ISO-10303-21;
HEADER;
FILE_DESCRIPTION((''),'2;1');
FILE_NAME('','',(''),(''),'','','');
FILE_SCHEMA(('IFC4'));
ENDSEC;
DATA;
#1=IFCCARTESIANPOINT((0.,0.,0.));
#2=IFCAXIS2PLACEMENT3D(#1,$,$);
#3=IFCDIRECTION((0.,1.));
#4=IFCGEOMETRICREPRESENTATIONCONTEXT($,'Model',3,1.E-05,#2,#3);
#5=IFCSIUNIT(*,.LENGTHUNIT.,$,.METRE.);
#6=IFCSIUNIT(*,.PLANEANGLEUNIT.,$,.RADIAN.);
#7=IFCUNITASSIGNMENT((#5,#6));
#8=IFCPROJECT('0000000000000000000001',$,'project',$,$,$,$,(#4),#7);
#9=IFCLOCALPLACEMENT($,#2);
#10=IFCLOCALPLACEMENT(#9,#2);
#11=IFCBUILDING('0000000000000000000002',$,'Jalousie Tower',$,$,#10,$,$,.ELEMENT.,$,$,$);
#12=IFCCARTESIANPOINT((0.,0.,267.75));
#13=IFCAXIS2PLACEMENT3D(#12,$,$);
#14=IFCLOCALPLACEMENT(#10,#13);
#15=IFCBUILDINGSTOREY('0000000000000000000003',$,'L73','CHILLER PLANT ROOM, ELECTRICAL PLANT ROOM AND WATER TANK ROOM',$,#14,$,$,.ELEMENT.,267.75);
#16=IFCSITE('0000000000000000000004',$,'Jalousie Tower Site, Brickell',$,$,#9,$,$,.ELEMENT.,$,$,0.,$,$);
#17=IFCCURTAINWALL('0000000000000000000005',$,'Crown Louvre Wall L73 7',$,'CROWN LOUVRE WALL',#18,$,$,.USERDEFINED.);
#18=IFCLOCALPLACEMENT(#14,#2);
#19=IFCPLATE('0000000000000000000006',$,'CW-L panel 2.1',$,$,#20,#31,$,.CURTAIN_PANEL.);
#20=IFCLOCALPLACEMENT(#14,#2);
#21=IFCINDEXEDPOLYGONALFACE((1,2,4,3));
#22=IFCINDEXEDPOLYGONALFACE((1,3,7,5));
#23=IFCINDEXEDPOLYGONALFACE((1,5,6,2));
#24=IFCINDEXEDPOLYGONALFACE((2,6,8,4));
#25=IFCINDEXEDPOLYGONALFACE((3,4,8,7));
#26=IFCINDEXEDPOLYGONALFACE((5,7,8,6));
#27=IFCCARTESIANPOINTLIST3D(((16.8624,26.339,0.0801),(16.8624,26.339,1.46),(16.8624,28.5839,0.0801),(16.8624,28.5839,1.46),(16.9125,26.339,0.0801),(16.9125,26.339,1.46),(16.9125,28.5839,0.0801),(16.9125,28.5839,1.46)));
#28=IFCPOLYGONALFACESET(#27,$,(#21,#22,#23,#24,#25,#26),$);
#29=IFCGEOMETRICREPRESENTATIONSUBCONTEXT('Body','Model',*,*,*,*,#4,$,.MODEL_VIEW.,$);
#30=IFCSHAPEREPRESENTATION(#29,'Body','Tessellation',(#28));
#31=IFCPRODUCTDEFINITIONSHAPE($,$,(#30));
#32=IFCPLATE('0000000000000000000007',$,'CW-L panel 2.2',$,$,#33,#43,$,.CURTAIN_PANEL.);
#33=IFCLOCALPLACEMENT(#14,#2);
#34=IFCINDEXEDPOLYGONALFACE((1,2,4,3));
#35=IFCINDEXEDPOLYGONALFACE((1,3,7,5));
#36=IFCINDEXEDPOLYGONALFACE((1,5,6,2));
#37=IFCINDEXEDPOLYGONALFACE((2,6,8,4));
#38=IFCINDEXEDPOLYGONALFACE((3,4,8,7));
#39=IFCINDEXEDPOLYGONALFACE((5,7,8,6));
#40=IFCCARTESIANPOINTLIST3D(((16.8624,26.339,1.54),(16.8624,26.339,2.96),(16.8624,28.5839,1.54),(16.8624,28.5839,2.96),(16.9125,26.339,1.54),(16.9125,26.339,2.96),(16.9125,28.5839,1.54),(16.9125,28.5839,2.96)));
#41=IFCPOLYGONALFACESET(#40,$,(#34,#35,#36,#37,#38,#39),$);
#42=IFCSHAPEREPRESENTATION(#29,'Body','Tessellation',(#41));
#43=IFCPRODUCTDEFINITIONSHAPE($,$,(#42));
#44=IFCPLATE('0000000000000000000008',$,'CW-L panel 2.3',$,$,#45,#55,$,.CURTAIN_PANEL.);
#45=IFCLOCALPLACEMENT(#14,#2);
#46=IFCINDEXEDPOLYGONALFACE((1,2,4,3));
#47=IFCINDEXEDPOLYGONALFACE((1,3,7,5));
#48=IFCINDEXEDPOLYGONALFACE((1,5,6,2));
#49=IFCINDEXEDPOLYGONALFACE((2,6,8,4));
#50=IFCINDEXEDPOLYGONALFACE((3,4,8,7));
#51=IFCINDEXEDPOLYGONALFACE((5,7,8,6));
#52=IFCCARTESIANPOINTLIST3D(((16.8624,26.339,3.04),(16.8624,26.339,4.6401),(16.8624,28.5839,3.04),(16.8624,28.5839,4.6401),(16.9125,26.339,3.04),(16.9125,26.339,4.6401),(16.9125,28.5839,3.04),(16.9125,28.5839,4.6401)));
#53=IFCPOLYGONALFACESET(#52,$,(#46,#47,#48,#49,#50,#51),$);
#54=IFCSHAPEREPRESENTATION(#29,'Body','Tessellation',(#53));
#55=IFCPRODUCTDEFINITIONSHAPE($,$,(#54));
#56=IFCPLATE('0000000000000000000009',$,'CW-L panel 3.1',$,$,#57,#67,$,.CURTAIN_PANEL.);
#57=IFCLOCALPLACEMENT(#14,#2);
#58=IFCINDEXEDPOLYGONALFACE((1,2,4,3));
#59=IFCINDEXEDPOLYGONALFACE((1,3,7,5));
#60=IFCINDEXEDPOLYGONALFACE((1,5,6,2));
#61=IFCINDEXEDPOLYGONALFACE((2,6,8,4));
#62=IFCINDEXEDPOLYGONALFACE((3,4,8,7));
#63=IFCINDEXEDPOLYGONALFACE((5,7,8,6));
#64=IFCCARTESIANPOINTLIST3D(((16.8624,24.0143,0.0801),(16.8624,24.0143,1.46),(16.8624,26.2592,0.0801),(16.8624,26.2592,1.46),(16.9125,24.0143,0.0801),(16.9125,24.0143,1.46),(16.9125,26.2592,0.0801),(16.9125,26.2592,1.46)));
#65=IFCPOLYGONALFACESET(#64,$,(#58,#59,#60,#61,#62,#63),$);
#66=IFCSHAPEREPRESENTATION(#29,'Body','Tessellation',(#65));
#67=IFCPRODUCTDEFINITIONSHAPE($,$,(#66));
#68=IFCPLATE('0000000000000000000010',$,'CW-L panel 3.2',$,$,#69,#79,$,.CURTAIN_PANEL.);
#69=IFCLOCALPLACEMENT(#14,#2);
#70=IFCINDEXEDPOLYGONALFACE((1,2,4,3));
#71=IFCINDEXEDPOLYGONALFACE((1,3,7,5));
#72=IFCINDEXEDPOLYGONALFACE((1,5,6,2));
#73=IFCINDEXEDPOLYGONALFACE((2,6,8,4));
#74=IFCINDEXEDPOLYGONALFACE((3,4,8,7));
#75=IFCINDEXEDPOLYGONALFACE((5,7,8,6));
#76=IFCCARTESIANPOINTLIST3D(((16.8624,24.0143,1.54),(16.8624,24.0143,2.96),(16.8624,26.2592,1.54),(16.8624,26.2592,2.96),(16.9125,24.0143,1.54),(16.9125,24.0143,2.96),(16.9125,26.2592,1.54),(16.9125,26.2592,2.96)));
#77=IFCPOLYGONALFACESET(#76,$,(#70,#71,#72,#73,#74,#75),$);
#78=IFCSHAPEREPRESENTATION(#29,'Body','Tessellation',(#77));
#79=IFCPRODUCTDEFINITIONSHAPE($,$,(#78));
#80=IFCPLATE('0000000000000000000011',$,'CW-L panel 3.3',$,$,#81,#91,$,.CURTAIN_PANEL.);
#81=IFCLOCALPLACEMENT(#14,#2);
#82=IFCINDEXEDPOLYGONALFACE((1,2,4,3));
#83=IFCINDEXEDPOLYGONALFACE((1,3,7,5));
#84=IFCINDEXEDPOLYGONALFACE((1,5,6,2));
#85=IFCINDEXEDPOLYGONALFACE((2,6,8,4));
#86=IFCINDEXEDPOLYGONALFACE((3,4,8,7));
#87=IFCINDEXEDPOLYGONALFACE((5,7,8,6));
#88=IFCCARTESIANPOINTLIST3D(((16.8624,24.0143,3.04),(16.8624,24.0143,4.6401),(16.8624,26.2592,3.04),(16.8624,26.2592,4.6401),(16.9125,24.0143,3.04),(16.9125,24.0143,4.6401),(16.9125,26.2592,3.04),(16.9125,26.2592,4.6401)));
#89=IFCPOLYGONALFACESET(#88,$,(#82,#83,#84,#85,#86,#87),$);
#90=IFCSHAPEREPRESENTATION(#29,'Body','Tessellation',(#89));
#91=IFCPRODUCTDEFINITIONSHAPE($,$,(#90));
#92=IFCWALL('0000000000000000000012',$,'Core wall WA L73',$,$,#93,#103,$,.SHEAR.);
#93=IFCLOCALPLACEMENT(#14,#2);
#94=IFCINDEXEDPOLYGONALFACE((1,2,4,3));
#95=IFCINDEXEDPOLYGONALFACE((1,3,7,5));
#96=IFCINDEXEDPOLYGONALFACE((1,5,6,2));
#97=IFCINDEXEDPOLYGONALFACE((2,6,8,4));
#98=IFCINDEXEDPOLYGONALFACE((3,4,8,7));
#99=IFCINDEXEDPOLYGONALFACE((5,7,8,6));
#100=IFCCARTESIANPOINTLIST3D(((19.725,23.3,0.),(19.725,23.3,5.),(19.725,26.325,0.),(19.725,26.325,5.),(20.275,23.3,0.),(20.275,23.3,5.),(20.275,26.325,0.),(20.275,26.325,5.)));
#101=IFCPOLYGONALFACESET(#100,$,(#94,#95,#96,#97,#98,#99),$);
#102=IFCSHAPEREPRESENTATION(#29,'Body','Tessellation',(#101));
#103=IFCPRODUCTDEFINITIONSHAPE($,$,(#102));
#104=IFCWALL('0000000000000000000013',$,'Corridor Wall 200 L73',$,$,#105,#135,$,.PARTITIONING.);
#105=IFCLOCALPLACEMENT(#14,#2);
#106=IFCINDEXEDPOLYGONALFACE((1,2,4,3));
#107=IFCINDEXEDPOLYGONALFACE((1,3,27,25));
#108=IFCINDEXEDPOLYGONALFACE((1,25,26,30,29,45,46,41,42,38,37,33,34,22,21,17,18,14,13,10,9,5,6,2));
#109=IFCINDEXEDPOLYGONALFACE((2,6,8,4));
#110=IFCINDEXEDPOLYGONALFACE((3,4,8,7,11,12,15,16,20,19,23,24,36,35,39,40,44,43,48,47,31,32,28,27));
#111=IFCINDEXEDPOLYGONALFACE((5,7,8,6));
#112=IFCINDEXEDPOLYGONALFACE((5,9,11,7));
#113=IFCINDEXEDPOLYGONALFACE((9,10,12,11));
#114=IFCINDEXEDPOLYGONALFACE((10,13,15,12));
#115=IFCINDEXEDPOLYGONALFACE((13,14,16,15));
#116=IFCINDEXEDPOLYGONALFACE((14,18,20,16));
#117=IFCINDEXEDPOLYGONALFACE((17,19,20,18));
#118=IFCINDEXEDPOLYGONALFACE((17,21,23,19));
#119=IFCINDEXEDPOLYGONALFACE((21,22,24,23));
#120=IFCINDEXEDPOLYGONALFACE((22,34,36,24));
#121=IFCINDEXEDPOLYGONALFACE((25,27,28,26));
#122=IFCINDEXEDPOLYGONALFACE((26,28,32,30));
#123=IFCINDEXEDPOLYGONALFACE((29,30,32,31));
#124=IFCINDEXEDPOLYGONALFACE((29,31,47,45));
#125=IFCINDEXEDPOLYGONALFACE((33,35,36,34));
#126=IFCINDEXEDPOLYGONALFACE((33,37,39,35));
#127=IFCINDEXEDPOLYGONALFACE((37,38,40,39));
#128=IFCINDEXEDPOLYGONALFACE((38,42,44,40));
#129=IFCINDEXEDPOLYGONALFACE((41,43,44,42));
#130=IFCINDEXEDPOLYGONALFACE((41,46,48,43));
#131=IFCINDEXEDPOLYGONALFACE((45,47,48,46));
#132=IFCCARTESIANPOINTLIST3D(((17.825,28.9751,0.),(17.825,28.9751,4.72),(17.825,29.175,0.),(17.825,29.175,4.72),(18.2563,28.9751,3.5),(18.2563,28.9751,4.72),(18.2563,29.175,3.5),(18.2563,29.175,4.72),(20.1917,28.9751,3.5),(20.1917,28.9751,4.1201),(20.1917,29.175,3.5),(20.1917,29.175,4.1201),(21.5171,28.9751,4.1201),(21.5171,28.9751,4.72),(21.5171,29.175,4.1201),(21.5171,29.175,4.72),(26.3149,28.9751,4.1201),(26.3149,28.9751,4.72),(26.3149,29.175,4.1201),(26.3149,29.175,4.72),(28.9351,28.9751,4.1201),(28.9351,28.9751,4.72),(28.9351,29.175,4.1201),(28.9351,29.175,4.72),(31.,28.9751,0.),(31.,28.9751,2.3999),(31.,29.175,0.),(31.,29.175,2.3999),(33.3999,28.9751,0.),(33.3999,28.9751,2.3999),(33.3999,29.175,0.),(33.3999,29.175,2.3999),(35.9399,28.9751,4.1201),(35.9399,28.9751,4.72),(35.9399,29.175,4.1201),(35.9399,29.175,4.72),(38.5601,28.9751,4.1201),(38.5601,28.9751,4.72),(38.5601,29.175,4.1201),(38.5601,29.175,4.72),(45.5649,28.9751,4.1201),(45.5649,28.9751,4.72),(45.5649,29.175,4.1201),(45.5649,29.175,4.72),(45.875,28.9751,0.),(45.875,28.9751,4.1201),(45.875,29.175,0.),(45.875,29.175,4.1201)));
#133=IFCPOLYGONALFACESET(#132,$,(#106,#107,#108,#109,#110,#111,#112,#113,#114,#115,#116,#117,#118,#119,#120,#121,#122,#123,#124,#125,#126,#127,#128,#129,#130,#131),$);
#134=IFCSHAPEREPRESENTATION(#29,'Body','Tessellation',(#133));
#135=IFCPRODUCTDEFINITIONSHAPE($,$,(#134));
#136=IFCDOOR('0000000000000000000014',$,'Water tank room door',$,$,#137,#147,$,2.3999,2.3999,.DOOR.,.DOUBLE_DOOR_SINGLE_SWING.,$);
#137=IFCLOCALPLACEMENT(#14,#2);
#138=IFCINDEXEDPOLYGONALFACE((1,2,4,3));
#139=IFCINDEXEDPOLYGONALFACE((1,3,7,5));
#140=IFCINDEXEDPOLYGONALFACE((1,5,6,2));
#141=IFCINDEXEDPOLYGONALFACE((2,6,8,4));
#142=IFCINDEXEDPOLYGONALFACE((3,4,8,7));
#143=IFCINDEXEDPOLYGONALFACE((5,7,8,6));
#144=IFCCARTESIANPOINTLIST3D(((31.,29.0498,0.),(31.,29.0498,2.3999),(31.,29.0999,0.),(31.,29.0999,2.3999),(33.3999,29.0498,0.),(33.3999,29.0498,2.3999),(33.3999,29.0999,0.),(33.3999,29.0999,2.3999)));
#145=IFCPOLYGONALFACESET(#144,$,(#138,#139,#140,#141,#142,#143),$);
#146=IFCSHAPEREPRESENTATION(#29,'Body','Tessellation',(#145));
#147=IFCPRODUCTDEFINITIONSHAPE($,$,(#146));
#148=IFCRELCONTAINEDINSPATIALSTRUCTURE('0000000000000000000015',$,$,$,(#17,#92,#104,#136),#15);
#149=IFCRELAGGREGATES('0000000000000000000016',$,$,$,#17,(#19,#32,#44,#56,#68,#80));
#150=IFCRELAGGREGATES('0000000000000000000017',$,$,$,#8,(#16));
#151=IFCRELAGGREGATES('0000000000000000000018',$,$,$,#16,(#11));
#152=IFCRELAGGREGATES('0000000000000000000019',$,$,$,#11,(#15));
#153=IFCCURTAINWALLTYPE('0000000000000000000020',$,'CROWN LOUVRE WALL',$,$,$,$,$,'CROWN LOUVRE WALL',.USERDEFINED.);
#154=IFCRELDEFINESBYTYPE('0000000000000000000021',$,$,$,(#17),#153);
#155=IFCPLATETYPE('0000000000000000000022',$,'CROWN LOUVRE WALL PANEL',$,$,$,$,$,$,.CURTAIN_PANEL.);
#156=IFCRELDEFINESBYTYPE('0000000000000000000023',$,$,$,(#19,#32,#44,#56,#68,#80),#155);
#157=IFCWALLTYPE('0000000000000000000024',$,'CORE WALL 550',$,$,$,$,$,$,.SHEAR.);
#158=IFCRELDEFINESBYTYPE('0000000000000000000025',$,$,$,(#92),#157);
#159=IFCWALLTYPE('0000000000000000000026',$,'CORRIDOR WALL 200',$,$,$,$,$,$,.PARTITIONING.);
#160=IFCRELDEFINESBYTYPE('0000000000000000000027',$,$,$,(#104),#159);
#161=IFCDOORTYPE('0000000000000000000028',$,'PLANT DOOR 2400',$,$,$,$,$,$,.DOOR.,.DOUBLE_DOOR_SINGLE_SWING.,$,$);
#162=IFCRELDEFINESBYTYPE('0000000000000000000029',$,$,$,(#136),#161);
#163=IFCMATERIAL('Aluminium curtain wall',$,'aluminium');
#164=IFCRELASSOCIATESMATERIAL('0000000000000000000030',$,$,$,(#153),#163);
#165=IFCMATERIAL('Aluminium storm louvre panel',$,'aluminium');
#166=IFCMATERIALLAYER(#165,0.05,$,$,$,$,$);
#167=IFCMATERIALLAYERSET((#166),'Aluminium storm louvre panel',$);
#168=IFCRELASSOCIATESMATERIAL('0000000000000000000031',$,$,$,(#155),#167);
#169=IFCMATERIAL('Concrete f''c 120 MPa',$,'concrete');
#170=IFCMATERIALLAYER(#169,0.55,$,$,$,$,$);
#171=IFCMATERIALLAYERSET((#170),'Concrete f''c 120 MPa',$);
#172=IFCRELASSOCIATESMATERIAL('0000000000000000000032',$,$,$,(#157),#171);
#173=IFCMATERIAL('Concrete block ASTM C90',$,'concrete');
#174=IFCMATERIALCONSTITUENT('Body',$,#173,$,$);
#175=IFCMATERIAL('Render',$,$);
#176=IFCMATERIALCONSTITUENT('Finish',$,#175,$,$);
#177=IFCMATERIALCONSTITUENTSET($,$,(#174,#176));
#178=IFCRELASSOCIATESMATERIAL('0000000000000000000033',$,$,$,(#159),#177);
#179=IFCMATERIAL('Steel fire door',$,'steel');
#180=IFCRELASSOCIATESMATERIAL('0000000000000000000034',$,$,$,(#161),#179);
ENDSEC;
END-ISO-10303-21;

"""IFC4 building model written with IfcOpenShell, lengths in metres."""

from ifc_helpers import new_model, si_unit, direction, frame, frame_2d, origin, origin_2d, place, context, subcontext, project, spatial, polyline, rectangle, outline, extrude, material, layer, layer_set, constituent, constituent_set, type_object, element, fill, aggregate, save


model = new_model("IFC4")

# Units and contexts
model_context = context("Model", 3, precision=1e-05, world=origin(), true_north=direction((0.0, 1.0)))
body_context = subcontext(model_context, "Body", "Model", "MODEL_VIEW")
ifc_project = project(units=[si_unit("LENGTHUNIT", "METRE"), si_unit("PLANEANGLEUNIT", "RADIAN")], contexts=[model_context])

# Site, building, storey
site_placement = place(None, origin())
site = spatial("IfcSite", under=ifc_project, at=site_placement, Name="Jalousie Tower Site, Brickell", CompositionType="ELEMENT", RefElevation=0.0)
building_placement = place(site_placement, origin())
building = spatial("IfcBuilding", under=site, at=building_placement, Name="Jalousie Tower", CompositionType="ELEMENT")
storey_placement = place(building_placement, frame((0.0, 0.0, 267.75)))
storey = spatial("IfcBuildingStorey", under=building, at=storey_placement, Name="L73", Description="CHILLER PLANT ROOM, ELECTRICAL PLANT ROOM AND WATER TANK ROOM", CompositionType="ELEMENT", Elevation=267.75)

# Curtain wall, plates
ifc_material_1 = material(Name="Aluminium curtain wall", Category="aluminium")
curtain_wall_type = type_object("IfcCurtainWallType", Name="CROWN LOUVRE WALL", ElementType="CROWN LOUVRE WALL", PredefinedType="USERDEFINED", material=ifc_material_1)
curtain_wall_placement = place(storey_placement, origin())
curtain_wall = element("IfcCurtainWall", 1, at=curtain_wall_placement, inside=storey, type_object=curtain_wall_type, Name="Crown Louvre Wall L73 7", ObjectType="CROWN LOUVRE WALL", PredefinedType="USERDEFINED")
ifc_material_2 = material(Name="Aluminium storm louvre panel", Category="aluminium")
ifc_layer_1 = layer(ifc_material_2, 0.05)
ifc_layer_set_1 = layer_set([ifc_layer_1], Name="Aluminium storm louvre panel")
plate_type = type_object("IfcPlateType", Name="CROWN LOUVRE WALL PANEL", PredefinedType="CURTAIN_PANEL", material=ifc_layer_set_1)
plate_1_placement = place(storey_placement, frame((16.8875, 27.4614, 0.0801), z_axis=(0.0, 0.0, 1.0), x_axis=(0.0, -1.0, 0.0)))
plate_1 = element("IfcPlate", 2, at=plate_1_placement, type_object=plate_type, Name="CW-L panel 2.1", PredefinedType="CURTAIN_PANEL", context=body_context, shape_type="SweptSolid", body=[
    extrude(rectangle(XDim=2.2449, YDim=0.05, at=origin_2d()), origin(), (0.0, 0.0, 1.0), 1.3799),
])
plate_2_placement = place(storey_placement, frame((16.8875, 27.4614, 1.54), z_axis=(0.0, 0.0, 1.0), x_axis=(0.0, -1.0, 0.0)))
plate_2 = element("IfcPlate", 3, at=plate_2_placement, type_object=plate_type, Name="CW-L panel 2.2", PredefinedType="CURTAIN_PANEL", context=body_context, shape_type="SweptSolid", body=[
    extrude(rectangle(XDim=2.2449, YDim=0.05, at=origin_2d()), origin(), (0.0, 0.0, 1.0), 1.4199),
])
plate_3_placement = place(storey_placement, frame((16.8875, 27.4614, 3.04), z_axis=(0.0, 0.0, 1.0), x_axis=(0.0, -1.0, 0.0)))
plate_3 = element("IfcPlate", 4, at=plate_3_placement, type_object=plate_type, Name="CW-L panel 2.3", PredefinedType="CURTAIN_PANEL", context=body_context, shape_type="SweptSolid", body=[
    extrude(rectangle(XDim=2.2449, YDim=0.05, at=origin_2d()), origin(), (0.0, 0.0, 1.0), 1.6001),
])
plate_4_placement = place(storey_placement, frame((16.8875, 25.1367, 0.0801), z_axis=(0.0, 0.0, 1.0), x_axis=(0.0, -1.0, 0.0)))
plate_4 = element("IfcPlate", 5, at=plate_4_placement, type_object=plate_type, Name="CW-L panel 3.1", PredefinedType="CURTAIN_PANEL", context=body_context, shape_type="SweptSolid", body=[
    extrude(rectangle(XDim=2.2449, YDim=0.05, at=origin_2d()), origin(), (0.0, 0.0, 1.0), 1.3799),
])
plate_5_placement = place(storey_placement, frame((16.8875, 25.1367, 1.54), z_axis=(0.0, 0.0, 1.0), x_axis=(0.0, -1.0, 0.0)))
plate_5 = element("IfcPlate", 6, at=plate_5_placement, type_object=plate_type, Name="CW-L panel 3.2", PredefinedType="CURTAIN_PANEL", context=body_context, shape_type="SweptSolid", body=[
    extrude(rectangle(XDim=2.2449, YDim=0.05, at=origin_2d()), origin(), (0.0, 0.0, 1.0), 1.4199),
])
plate_6_placement = place(storey_placement, frame((16.8875, 25.1367, 3.04), z_axis=(0.0, 0.0, 1.0), x_axis=(0.0, -1.0, 0.0)))
plate_6 = element("IfcPlate", 7, at=plate_6_placement, type_object=plate_type, Name="CW-L panel 3.3", PredefinedType="CURTAIN_PANEL", context=body_context, shape_type="SweptSolid", body=[
    extrude(rectangle(XDim=2.2449, YDim=0.05, at=origin_2d()), origin(), (0.0, 0.0, 1.0), 1.6001),
])
aggregate(curtain_wall, [plate_1, plate_2, plate_3, plate_4, plate_5, plate_6])

# Wall
ifc_material_3 = material(Name="Concrete f'c 120 MPa", Category="concrete")
ifc_layer_2 = layer(ifc_material_3, 0.55)
ifc_layer_set_2 = layer_set([ifc_layer_2], Name="Concrete f'c 120 MPa")
wall_type_1 = type_object("IfcWallType", Name="CORE WALL 550", PredefinedType="SHEAR", material=ifc_layer_set_2)
wall_1_placement = place(storey_placement, frame((20.0, 26.325, 0.0), z_axis=(0.0, 0.0, 1.0), x_axis=(0.0, -1.0, 0.0)))
element("IfcWall", 8, at=wall_1_placement, inside=storey, type_object=wall_type_1, Name="Core wall WA L73", PredefinedType="SHEAR", context=body_context, shape_type="SweptSolid", body=[
    extrude(rectangle(XDim=3.0249, YDim=0.55, at=frame_2d((1.5125, 0.0))), origin(), (0.0, 0.0, 1.0), 5.0),
])

# Wall, opening, door
ifc_material_4 = material(Name="Concrete block ASTM C90", Category="concrete")
ifc_constituent_1 = constituent(ifc_material_4, Name="Body")
ifc_material_5 = material(Name="Render")
ifc_constituent_2 = constituent(ifc_material_5, Name="Finish")
ifc_constituent_set = constituent_set(constituents=[ifc_constituent_1, ifc_constituent_2])
wall_type_2 = type_object("IfcWallType", Name="CORRIDOR WALL 200", PredefinedType="PARTITIONING", material=ifc_constituent_set)
wall_2_placement = place(storey_placement, frame((17.825, 29.075, 0.0), z_axis=(0.0, 0.0, 1.0), x_axis=(1.0, 0.0, 0.0)))
wall_2 = element("IfcWall", 9, at=wall_2_placement, inside=storey, type_object=wall_type_2, Name="Corridor Wall 200 L73", PredefinedType="PARTITIONING", context=body_context, shape_type="SweptSolid", body=[
    extrude(outline(polyline([(0.0, 0.0), (28.05, 0.0), (28.05, 4.72), (28.05, 4.1201), (27.74, 4.1201), (27.74, 4.72), (20.7351, 4.72), (20.7351, 4.1201), (18.115, 4.1201), (18.115, 4.72), (11.1101, 4.72), (11.1101, 4.1201), (8.49, 4.1201), (8.49, 4.72), (3.6921, 4.72), (3.6921, 4.1201), (2.3667, 4.1201), (2.3667, 3.5), (0.4314, 3.5), (0.4314, 4.72), (0.0, 4.72), (0.0, 0.0)])), frame((0.0, 0.1001, 0.0), z_axis=(0.0, -1.0, 0.0), x_axis=(1.0, 0.0, 0.0)), (0.0, 0.0, 1.0), 0.2),
])
opening_placement = place(wall_2_placement, frame((13.175, 0.0, 0.0)))
opening = element("IfcOpeningElement", 10, at=opening_placement, cuts=wall_2, PredefinedType="OPENING", context=body_context, shape_type="SweptSolid", body=[
    extrude(rectangle(XDim=2.3999, YDim=2.3999, at=frame_2d((1.2, 1.2))), frame((0.0, 0.1099, 0.0), z_axis=(0.0, -1.0, 0.0), x_axis=(1.0, 0.0, 0.0)), (0.0, 0.0, 1.0), 0.22),
])
ifc_material_6 = material(Name="Steel fire door", Category="steel")
door_type = type_object("IfcDoorType", Name="PLANT DOOR 2400", OperationType="DOUBLE_DOOR_SINGLE_SWING", PredefinedType="DOOR", material=ifc_material_6)
door_placement = place(opening_placement, origin())
door = element("IfcDoor", 11, at=door_placement, inside=storey, type_object=door_type, Name="Water tank room door", OperationType="DOUBLE_DOOR_SINGLE_SWING", OverallHeight=2.3999, OverallWidth=2.3999, PredefinedType="DOOR", context=body_context, shape_type="SweptSolid", body=[
    extrude(rectangle(XDim=2.3999, YDim=2.3999, at=frame_2d((1.2, 1.2))), frame((0.0, 0.0249, 0.0), z_axis=(0.0, -1.0, 0.0), x_axis=(1.0, 0.0, 0.0)), (0.0, 0.0, 1.0), 0.05),
])
fill(opening, door)

save(model, "model.ifc")
